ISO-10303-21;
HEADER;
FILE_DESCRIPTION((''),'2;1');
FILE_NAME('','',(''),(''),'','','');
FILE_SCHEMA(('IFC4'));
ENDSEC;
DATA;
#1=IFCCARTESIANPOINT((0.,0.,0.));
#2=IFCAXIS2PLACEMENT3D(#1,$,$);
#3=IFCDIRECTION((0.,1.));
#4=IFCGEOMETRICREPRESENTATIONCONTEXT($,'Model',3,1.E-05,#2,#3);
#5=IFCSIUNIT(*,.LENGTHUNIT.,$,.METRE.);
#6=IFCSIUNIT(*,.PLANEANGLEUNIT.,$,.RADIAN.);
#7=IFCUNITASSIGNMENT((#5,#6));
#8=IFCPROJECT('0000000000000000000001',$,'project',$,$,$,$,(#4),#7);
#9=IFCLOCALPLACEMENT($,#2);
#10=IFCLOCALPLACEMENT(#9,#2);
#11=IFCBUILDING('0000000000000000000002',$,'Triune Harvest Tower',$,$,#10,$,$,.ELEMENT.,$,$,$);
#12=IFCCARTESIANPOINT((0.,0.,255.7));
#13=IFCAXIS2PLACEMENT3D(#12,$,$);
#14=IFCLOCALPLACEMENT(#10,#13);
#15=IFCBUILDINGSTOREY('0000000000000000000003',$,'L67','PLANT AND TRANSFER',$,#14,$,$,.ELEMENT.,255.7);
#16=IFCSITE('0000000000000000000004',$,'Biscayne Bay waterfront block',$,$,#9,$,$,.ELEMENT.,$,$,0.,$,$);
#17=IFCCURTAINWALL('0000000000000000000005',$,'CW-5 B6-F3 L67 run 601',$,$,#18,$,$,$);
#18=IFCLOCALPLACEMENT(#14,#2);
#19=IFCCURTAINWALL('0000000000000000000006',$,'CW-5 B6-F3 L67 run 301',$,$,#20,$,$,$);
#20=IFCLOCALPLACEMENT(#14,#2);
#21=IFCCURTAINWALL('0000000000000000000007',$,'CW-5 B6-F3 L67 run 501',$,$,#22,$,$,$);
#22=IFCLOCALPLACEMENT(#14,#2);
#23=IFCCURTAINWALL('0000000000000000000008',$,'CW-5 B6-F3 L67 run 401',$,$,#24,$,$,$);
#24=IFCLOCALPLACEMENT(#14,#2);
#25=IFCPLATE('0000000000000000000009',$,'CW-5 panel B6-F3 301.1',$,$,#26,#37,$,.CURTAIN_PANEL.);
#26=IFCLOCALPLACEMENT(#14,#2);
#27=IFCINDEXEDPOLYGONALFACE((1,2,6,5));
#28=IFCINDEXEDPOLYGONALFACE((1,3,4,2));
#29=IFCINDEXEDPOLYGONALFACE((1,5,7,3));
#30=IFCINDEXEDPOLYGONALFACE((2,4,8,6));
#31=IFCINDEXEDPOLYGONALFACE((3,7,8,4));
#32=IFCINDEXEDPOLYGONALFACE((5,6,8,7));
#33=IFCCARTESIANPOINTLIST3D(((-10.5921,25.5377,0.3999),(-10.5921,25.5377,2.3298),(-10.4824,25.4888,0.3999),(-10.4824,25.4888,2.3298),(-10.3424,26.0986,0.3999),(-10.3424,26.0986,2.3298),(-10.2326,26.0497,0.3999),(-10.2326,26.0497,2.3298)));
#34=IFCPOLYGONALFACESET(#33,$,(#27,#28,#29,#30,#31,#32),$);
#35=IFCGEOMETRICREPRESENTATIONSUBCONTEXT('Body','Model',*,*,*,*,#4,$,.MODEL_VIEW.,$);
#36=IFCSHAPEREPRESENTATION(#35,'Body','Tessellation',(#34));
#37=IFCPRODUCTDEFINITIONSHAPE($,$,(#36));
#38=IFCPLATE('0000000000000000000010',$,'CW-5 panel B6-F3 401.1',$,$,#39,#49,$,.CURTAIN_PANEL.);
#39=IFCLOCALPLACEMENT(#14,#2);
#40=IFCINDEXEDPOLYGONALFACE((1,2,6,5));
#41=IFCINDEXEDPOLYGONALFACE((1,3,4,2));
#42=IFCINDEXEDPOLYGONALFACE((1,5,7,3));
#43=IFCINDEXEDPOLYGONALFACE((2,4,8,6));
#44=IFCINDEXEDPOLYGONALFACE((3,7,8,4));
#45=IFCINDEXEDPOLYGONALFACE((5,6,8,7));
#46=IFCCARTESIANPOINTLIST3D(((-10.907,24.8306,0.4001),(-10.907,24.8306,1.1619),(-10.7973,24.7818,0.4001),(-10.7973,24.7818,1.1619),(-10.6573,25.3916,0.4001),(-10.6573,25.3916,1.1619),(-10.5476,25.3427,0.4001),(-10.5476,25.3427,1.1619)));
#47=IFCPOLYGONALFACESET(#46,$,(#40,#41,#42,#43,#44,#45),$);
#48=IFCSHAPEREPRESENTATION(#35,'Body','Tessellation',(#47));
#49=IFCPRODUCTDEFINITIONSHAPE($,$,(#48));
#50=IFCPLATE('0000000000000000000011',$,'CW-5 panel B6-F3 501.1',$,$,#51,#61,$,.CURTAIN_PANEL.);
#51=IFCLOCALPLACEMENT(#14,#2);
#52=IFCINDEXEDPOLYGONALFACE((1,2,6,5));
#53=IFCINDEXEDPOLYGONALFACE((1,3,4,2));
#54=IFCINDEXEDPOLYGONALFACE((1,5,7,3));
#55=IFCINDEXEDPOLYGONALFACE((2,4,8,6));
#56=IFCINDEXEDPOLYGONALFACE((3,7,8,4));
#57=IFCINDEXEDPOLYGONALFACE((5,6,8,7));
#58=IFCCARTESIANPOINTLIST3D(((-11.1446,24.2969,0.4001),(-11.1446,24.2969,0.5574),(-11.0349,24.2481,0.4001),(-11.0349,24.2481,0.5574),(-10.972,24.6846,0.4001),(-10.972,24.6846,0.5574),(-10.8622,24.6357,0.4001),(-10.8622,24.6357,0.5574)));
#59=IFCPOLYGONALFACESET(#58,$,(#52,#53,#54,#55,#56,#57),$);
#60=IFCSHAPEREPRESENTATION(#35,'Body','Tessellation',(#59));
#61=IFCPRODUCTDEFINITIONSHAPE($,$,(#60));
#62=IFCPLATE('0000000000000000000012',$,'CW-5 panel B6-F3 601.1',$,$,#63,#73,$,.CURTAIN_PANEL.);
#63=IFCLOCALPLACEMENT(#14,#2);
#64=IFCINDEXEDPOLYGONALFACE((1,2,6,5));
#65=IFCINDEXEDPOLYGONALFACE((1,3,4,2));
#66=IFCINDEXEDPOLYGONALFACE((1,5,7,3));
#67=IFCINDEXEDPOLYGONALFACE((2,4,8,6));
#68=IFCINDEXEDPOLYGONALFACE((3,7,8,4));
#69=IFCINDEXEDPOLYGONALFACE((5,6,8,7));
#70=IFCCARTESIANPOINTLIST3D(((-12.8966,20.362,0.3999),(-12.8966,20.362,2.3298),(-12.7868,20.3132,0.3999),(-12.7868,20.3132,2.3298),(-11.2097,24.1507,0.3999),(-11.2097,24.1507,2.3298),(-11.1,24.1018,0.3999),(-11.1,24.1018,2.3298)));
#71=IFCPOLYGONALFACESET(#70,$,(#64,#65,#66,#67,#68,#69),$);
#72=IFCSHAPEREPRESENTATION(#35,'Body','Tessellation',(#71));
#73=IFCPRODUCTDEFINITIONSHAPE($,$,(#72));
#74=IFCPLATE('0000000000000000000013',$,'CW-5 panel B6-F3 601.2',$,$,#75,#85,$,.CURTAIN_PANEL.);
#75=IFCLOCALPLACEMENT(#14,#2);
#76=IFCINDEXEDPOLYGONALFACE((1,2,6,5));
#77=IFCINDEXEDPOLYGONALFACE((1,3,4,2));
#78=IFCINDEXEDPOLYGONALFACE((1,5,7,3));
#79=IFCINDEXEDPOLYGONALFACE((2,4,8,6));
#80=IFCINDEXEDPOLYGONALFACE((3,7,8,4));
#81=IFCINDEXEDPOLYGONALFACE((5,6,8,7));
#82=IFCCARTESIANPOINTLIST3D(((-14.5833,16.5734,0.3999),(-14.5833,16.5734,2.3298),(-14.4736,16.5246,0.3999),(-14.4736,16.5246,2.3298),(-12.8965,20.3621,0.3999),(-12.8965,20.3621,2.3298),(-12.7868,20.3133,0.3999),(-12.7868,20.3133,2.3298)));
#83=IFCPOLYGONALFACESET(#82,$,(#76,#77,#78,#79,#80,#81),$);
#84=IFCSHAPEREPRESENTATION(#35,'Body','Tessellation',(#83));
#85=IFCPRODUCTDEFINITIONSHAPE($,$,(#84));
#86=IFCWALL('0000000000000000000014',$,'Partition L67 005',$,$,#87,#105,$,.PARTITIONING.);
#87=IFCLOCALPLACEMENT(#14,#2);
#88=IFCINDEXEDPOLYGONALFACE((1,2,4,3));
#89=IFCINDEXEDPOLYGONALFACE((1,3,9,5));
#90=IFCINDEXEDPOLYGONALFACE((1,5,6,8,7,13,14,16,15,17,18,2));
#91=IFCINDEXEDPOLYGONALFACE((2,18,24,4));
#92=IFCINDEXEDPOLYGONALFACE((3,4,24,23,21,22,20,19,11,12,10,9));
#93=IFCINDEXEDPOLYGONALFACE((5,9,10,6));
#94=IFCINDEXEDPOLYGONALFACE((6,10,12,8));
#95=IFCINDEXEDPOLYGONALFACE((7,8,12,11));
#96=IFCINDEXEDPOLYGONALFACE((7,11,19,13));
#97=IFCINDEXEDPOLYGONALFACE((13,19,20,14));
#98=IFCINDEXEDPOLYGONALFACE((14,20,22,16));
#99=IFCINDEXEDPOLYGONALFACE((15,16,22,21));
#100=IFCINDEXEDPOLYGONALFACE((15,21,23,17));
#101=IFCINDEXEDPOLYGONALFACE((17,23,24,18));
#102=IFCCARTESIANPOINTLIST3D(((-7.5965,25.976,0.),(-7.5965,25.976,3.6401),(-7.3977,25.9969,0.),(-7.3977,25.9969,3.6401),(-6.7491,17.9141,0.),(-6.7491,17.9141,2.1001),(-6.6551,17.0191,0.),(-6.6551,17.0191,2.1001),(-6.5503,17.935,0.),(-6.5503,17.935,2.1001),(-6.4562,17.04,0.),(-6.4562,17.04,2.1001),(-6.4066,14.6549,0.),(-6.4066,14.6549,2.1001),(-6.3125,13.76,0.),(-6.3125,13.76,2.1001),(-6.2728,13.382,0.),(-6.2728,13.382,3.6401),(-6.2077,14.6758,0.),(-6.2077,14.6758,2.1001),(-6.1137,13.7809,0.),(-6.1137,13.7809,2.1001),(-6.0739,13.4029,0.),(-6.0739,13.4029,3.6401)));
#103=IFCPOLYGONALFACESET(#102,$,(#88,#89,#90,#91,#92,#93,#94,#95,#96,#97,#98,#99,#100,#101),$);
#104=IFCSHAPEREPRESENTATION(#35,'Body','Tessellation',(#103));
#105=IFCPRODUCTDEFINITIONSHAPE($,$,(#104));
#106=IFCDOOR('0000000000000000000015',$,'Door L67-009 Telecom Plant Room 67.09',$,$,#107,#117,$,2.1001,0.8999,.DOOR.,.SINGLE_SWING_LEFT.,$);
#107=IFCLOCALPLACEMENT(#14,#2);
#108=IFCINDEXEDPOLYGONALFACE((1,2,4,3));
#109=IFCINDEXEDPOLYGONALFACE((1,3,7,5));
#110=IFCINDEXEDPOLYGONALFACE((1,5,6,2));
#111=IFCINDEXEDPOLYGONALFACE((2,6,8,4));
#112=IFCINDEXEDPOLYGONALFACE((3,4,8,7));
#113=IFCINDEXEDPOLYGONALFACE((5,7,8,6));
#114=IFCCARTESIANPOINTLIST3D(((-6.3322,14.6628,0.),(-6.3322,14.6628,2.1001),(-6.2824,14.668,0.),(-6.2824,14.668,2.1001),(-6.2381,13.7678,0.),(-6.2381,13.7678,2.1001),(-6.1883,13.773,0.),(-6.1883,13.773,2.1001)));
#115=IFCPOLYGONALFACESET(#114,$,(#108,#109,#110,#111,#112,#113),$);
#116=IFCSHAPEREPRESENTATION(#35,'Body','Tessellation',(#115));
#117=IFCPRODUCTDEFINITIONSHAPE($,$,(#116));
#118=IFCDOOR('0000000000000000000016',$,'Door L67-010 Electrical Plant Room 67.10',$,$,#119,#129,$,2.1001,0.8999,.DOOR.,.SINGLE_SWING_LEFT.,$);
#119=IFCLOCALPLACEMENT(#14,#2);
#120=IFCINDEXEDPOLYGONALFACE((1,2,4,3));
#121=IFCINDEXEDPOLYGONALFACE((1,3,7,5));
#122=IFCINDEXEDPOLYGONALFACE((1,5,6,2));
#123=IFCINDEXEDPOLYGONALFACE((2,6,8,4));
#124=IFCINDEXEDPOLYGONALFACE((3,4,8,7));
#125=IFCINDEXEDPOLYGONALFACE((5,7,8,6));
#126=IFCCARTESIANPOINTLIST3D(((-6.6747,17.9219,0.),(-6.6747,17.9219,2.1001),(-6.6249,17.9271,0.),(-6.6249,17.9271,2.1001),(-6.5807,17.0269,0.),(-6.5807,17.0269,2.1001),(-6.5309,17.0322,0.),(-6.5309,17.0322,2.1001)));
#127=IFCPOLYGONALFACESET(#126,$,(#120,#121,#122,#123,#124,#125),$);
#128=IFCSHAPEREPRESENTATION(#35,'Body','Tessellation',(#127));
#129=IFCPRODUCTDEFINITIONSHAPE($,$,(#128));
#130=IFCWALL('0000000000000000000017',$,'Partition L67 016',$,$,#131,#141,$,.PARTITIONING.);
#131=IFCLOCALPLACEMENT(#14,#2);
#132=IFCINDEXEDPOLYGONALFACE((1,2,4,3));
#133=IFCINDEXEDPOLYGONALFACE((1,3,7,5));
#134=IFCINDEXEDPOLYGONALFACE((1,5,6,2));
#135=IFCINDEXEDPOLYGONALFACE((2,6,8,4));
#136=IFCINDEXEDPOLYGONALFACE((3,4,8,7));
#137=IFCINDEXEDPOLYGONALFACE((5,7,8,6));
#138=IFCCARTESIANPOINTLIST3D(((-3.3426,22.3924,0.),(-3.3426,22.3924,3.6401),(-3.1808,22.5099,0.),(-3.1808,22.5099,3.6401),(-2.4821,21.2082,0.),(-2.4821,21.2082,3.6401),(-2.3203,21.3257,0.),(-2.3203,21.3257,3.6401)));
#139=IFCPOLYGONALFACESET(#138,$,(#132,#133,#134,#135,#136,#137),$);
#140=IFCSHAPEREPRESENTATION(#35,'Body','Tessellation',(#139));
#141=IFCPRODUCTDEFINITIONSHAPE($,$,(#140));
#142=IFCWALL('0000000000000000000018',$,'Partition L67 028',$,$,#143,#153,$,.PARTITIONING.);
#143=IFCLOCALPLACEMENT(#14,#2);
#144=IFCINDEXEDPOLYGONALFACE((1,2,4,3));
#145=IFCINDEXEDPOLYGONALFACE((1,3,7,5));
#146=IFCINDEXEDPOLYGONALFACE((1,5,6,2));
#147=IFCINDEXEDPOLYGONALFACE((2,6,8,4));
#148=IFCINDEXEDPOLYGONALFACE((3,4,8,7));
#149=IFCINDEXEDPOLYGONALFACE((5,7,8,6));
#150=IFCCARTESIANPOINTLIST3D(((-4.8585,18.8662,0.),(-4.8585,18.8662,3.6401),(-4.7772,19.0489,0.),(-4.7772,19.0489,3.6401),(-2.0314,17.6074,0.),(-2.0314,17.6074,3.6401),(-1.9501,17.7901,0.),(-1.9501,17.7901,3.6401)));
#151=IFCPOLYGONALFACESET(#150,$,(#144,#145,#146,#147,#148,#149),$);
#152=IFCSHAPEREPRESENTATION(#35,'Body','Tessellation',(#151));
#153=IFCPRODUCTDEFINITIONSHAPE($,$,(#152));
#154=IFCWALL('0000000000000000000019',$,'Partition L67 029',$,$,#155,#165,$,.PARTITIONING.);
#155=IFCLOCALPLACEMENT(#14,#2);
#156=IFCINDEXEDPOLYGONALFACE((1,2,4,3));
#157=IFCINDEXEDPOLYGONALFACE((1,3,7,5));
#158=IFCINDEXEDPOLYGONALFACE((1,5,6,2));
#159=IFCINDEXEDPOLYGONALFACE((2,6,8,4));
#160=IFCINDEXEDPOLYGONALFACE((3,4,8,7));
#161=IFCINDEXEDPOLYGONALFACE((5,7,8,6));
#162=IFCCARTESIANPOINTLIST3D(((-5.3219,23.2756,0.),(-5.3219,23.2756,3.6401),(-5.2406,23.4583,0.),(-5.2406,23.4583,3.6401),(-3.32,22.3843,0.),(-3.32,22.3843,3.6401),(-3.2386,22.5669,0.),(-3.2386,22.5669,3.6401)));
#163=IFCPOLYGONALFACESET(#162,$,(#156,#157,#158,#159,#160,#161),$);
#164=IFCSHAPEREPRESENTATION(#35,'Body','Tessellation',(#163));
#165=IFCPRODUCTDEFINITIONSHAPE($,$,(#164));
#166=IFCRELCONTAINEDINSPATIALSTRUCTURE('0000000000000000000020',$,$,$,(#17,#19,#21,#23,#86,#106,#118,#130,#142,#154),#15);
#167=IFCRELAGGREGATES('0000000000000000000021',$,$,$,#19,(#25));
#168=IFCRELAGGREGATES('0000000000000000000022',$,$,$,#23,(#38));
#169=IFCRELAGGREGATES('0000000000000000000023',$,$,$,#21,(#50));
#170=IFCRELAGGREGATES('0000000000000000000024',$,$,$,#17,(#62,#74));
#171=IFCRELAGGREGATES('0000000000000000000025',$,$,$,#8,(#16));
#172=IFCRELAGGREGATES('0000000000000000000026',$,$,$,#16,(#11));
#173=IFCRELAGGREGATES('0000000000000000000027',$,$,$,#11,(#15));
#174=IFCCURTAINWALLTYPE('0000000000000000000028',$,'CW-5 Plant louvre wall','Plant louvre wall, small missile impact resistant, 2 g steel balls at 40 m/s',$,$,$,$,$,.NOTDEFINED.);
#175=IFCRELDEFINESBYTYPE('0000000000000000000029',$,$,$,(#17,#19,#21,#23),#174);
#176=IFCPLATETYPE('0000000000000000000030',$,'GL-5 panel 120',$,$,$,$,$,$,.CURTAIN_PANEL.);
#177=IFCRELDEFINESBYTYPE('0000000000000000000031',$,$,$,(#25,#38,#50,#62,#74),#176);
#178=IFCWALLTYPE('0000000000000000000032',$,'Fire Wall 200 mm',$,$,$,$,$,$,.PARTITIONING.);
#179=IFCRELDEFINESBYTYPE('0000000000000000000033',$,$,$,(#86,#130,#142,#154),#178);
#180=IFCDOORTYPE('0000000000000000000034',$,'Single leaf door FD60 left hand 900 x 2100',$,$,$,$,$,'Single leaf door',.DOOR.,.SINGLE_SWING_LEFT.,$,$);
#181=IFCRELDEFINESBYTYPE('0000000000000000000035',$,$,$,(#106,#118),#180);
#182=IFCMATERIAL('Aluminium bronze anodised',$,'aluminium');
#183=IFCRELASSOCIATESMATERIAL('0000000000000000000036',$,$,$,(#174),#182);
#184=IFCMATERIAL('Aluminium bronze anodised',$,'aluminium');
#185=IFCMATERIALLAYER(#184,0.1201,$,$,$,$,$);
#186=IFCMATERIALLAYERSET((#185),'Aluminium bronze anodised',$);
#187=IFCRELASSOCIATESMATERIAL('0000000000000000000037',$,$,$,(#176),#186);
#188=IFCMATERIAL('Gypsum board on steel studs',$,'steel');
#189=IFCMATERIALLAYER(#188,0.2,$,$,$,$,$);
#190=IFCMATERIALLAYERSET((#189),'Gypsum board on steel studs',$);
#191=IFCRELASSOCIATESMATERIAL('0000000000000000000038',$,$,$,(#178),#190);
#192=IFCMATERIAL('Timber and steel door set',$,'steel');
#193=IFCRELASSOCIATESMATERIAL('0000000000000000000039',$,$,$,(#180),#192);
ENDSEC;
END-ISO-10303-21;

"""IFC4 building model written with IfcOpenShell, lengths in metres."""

from ifc_helpers import new_model, si_unit, direction, frame, frame_2d, origin, origin_2d, place, context, subcontext, project, spatial, rectangle, extrude, source, transform, mapped, material, layer, layer_set, type_object, element, fill, aggregate, save


model = new_model("IFC4")

# Units and contexts
model_context = context("Model", 3, precision=1e-05, world=origin(), true_north=direction((0.0, 1.0)))
body_context = subcontext(model_context, "Body", "Model", "MODEL_VIEW")
ifc_project = project(units=[si_unit("LENGTHUNIT", "METRE"), si_unit("PLANEANGLEUNIT", "RADIAN")], contexts=[model_context])

# Site, building, storey
site_placement = place(None, origin())
site = spatial("IfcSite", under=ifc_project, at=site_placement, Name="Biscayne Bay waterfront block", CompositionType="ELEMENT", RefElevation=0.0)
building_placement = place(site_placement, origin())
building = spatial("IfcBuilding", under=site, at=building_placement, Name="Triune Harvest Tower", CompositionType="ELEMENT")
storey_placement = place(building_placement, frame((0.0, 0.0, 255.7)))
storey = spatial("IfcBuildingStorey", under=building, at=storey_placement, Name="L67", Description="PLANT AND TRANSFER", CompositionType="ELEMENT", Elevation=255.7)

# Curtain wall
ifc_material_1 = material(Name="Aluminium bronze anodised", Category="aluminium")
curtain_wall_type = type_object("IfcCurtainWallType", Name="CW-5 Plant louvre wall", Description="Plant louvre wall, small missile impact resistant, 2 g steel balls at 40 m/s", PredefinedType="NOTDEFINED", material=ifc_material_1)
curtain_wall_1_placement = place(storey_placement, origin())
curtain_wall_1 = element("IfcCurtainWall", 1, at=curtain_wall_1_placement, inside=storey, type_object=curtain_wall_type, Name="CW-5 B6-F3 L67 run 601")

# Curtain wall
curtain_wall_2_placement = place(storey_placement, origin())
curtain_wall_2 = element("IfcCurtainWall", 2, at=curtain_wall_2_placement, inside=storey, type_object=curtain_wall_type, Name="CW-5 B6-F3 L67 run 301")

# Curtain wall
curtain_wall_3_placement = place(storey_placement, origin())
curtain_wall_3 = element("IfcCurtainWall", 3, at=curtain_wall_3_placement, inside=storey, type_object=curtain_wall_type, Name="CW-5 B6-F3 L67 run 501")

# Curtain wall
curtain_wall_4_placement = place(storey_placement, origin())
curtain_wall_4 = element("IfcCurtainWall", 4, at=curtain_wall_4_placement, inside=storey, type_object=curtain_wall_type, Name="CW-5 B6-F3 L67 run 401")

# Plates
ifc_material_2 = material(Name="Aluminium bronze anodised", Category="aluminium")
ifc_layer_1 = layer(ifc_material_2, 0.1201)
ifc_layer_set_1 = layer_set([ifc_layer_1], Name="Aluminium bronze anodised")
plate_type = type_object("IfcPlateType", Name="GL-5 panel 120", PredefinedType="CURTAIN_PANEL", material=ifc_layer_set_1)
plate_1_placement = place(storey_placement, frame((-10.4124, 25.7937, 0.3999), z_axis=(0.0, 0.0, 1.0), x_axis=(-0.406714, -0.913556, 0.0)))
plate_1 = element("IfcPlate", 5, at=plate_1_placement, type_object=plate_type, Name="CW-5 panel B6-F3 301.1", PredefinedType="CURTAIN_PANEL", context=body_context, shape_type="SweptSolid", body=[
    extrude(rectangle(XDim=0.614, YDim=0.1201, at=origin_2d()), origin(), (0.0, 0.0, 1.0), 1.9299),
])
aggregate(curtain_wall_2, [plate_1])
plate_2_placement = place(storey_placement, frame((-10.7273, 25.0867, 0.4001), z_axis=(0.0, 0.0, 1.0), x_axis=(-0.406762, -0.913534, 0.0)))
plate_2 = element("IfcPlate", 6, at=plate_2_placement, type_object=plate_type, Name="CW-5 panel B6-F3 401.1", PredefinedType="CURTAIN_PANEL", context=body_context, shape_type="SweptSolid", body=[
    extrude(rectangle(XDim=0.614, YDim=0.1201, at=origin_2d()), origin(), (0.0, 0.0, 1.0), 0.7617),
])
aggregate(curtain_wall_4, [plate_2])
shared_shape_1 = source(origin(), body_context, "Body", "SweptSolid", [
    extrude(rectangle(XDim=0.4243, YDim=0.1201, at=origin_2d()), origin(), (0.0, 0.0, 1.0), 0.1572),
])
plate_3_placement = place(storey_placement, frame((-11.0034, 24.4663, 0.4001), z_axis=(0.0, 0.0, 1.0), x_axis=(-0.406789, -0.913522, 0.0)))
plate_3 = element("IfcPlate", 7, at=plate_3_placement, type_object=plate_type, Name="CW-5 panel B6-F3 501.1", PredefinedType="CURTAIN_PANEL", context=body_context, shape_type="MappedRepresentation", body=[
    mapped(shared_shape_1, transform((0.0, 0.0, 0.0), scale=1.0)),
])
aggregate(curtain_wall_3, [plate_3])
shared_shape_2 = source(origin(), body_context, "Body", "SweptSolid", [
    extrude(rectangle(XDim=4.1472, YDim=0.1201, at=origin_2d()), origin(), (0.0, 0.0, 1.0), 1.9299),
])
plate_4_placement = place(storey_placement, frame((-11.9983, 22.2319, 0.3999), z_axis=(0.0, 0.0, 1.0), x_axis=(-0.406734, -0.913547, 0.0)))
plate_4 = element("IfcPlate", 8, at=plate_4_placement, type_object=plate_type, Name="CW-5 panel B6-F3 601.1", PredefinedType="CURTAIN_PANEL", context=body_context, shape_type="MappedRepresentation", body=[
    mapped(shared_shape_2, transform((0.0, 0.0, 0.0), scale=1.0)),
])
plate_5_placement = place(storey_placement, frame((-13.6851, 18.4434, 0.3999), z_axis=(0.0, 0.0, 1.0), x_axis=(-0.406734, -0.913547, 0.0)))
plate_5 = element("IfcPlate", 9, at=plate_5_placement, type_object=plate_type, Name="CW-5 panel B6-F3 601.2", PredefinedType="CURTAIN_PANEL", context=body_context, shape_type="MappedRepresentation", body=[
    mapped(shared_shape_2, transform((0.0, 0.0, 0.0), scale=1.0)),
])
aggregate(curtain_wall_1, [plate_4, plate_5])

# Wall, openings, doors
ifc_material_3 = material(Name="Gypsum board on steel studs", Category="steel")
ifc_layer_2 = layer(ifc_material_3, 0.2)
ifc_layer_set_2 = layer_set([ifc_layer_2], Name="Gypsum board on steel studs")
wall_type = type_object("IfcWallType", Name="Fire Wall 200 mm", PredefinedType="PARTITIONING", material=ifc_layer_set_2)
wall_1_placement = place(storey_placement, frame((-7.4971, 25.9863, 0.0), z_axis=(0.0, 0.0, 1.0), x_axis=(0.104532, -0.994521, 0.0)))
wall_1 = element("IfcWall", 10, at=wall_1_placement, inside=storey, type_object=wall_type, Name="Partition L67 005", PredefinedType="PARTITIONING", context=body_context, shape_type="SweptSolid", body=[
    extrude(rectangle(XDim=12.6633, YDim=0.2, at=frame_2d((6.3315, 0.0))), origin(), (0.0, 0.0, 1.0), 3.6401),
])
opening_1_placement = place(wall_1_placement, frame((11.3833, 0.0, 0.0)))
opening_1 = element("IfcOpeningElement", 11, at=opening_1_placement, cuts=wall_1, PredefinedType="OPENING", context=body_context, shape_type="SweptSolid", body=[
    extrude(rectangle(XDim=0.8999, YDim=2.1001, at=frame_2d((0.45, 1.05))), frame((0.0, 0.1099, 0.0), z_axis=(0.0, -1.0, 0.0), x_axis=(1.0, 0.0, 0.0)), (0.0, 0.0, 1.0), 0.22),
])
opening_2_placement = place(wall_1_placement, frame((8.1062, 0.0, 0.0)))
opening_2 = element("IfcOpeningElement", 12, at=opening_2_placement, cuts=wall_1, PredefinedType="OPENING", context=body_context, shape_type="SweptSolid", body=[
    extrude(rectangle(XDim=0.8999, YDim=2.1001, at=frame_2d((0.45, 1.05))), frame((0.0, 0.1099, 0.0), z_axis=(0.0, -1.0, 0.0), x_axis=(1.0, 0.0, 0.0)), (0.0, 0.0, 1.0), 0.22),
])
ifc_material_4 = material(Name="Timber and steel door set", Category="steel")
door_type = type_object("IfcDoorType", Name="Single leaf door FD60 left hand 900 x 2100", ElementType="Single leaf door", OperationType="SINGLE_SWING_LEFT", PredefinedType="DOOR", material=ifc_material_4)
door_1_placement = place(opening_1_placement, origin())
door_1 = element("IfcDoor", 13, at=door_1_placement, inside=storey, type_object=door_type, Name="Door L67-009 Telecom Plant Room 67.09", OperationType="SINGLE_SWING_LEFT", OverallHeight=2.1001, OverallWidth=0.8999, PredefinedType="DOOR", context=body_context, shape_type="SweptSolid", body=[
    extrude(rectangle(XDim=0.8999, YDim=2.1001, at=frame_2d((0.45, 1.05))), frame((0.0, 0.0249, 0.0), z_axis=(0.0, -1.0, 0.0), x_axis=(1.0, 0.0, 0.0)), (0.0, 0.0, 1.0), 0.05),
])
fill(opening_1, door_1)
door_2_placement = place(opening_2_placement, origin())
door_2 = element("IfcDoor", 14, at=door_2_placement, inside=storey, type_object=door_type, Name="Door L67-010 Electrical Plant Room 67.10", OperationType="SINGLE_SWING_LEFT", OverallHeight=2.1001, OverallWidth=0.8999, PredefinedType="DOOR", context=body_context, shape_type="SweptSolid", body=[
    extrude(rectangle(XDim=0.8999, YDim=2.1001, at=frame_2d((0.45, 1.05))), frame((0.0, 0.0249, 0.0), z_axis=(0.0, -1.0, 0.0), x_axis=(1.0, 0.0, 0.0)), (0.0, 0.0, 1.0), 0.05),
])
fill(opening_2, door_2)

# Walls
wall_2_placement = place(storey_placement, frame((-3.2617, 22.4512, 0.0), z_axis=(0.0, 0.0, 1.0), x_axis=(0.587844, -0.808974, 0.0)))
element("IfcWall", 15, at=wall_2_placement, inside=storey, type_object=wall_type, Name="Partition L67 016", PredefinedType="PARTITIONING", context=body_context, shape_type="SweptSolid", body=[
    extrude(rectangle(XDim=1.4639, YDim=0.2, at=frame_2d((0.7319, 0.0))), origin(), (0.0, 0.0, 1.0), 3.6401),
])
wall_3_placement = place(storey_placement, frame((-4.8179, 18.9575, 0.0), z_axis=(0.0, 0.0, 1.0), x_axis=(0.913538, -0.406753, 0.0)))
element("IfcWall", 16, at=wall_3_placement, inside=storey, type_object=wall_type, Name="Partition L67 028", PredefinedType="PARTITIONING", context=body_context, shape_type="SweptSolid", body=[
    extrude(rectangle(XDim=3.0947, YDim=0.2, at=frame_2d((1.5474, 0.0))), origin(), (0.0, 0.0, 1.0), 3.6401),
])
wall_4_placement = place(storey_placement, frame((-5.2812, 23.3669, 0.0), z_axis=(0.0, 0.0, 1.0), x_axis=(0.91354, -0.406748, 0.0)))
element("IfcWall", 17, at=wall_4_placement, inside=storey, type_object=wall_type, Name="Partition L67 029", PredefinedType="PARTITIONING", context=body_context, shape_type="SweptSolid", body=[
    extrude(rectangle(XDim=2.1914, YDim=0.2, at=frame_2d((1.0957, 0.0))), origin(), (0.0, 0.0, 1.0), 3.6401),
])

save(model, "model.ifc")
